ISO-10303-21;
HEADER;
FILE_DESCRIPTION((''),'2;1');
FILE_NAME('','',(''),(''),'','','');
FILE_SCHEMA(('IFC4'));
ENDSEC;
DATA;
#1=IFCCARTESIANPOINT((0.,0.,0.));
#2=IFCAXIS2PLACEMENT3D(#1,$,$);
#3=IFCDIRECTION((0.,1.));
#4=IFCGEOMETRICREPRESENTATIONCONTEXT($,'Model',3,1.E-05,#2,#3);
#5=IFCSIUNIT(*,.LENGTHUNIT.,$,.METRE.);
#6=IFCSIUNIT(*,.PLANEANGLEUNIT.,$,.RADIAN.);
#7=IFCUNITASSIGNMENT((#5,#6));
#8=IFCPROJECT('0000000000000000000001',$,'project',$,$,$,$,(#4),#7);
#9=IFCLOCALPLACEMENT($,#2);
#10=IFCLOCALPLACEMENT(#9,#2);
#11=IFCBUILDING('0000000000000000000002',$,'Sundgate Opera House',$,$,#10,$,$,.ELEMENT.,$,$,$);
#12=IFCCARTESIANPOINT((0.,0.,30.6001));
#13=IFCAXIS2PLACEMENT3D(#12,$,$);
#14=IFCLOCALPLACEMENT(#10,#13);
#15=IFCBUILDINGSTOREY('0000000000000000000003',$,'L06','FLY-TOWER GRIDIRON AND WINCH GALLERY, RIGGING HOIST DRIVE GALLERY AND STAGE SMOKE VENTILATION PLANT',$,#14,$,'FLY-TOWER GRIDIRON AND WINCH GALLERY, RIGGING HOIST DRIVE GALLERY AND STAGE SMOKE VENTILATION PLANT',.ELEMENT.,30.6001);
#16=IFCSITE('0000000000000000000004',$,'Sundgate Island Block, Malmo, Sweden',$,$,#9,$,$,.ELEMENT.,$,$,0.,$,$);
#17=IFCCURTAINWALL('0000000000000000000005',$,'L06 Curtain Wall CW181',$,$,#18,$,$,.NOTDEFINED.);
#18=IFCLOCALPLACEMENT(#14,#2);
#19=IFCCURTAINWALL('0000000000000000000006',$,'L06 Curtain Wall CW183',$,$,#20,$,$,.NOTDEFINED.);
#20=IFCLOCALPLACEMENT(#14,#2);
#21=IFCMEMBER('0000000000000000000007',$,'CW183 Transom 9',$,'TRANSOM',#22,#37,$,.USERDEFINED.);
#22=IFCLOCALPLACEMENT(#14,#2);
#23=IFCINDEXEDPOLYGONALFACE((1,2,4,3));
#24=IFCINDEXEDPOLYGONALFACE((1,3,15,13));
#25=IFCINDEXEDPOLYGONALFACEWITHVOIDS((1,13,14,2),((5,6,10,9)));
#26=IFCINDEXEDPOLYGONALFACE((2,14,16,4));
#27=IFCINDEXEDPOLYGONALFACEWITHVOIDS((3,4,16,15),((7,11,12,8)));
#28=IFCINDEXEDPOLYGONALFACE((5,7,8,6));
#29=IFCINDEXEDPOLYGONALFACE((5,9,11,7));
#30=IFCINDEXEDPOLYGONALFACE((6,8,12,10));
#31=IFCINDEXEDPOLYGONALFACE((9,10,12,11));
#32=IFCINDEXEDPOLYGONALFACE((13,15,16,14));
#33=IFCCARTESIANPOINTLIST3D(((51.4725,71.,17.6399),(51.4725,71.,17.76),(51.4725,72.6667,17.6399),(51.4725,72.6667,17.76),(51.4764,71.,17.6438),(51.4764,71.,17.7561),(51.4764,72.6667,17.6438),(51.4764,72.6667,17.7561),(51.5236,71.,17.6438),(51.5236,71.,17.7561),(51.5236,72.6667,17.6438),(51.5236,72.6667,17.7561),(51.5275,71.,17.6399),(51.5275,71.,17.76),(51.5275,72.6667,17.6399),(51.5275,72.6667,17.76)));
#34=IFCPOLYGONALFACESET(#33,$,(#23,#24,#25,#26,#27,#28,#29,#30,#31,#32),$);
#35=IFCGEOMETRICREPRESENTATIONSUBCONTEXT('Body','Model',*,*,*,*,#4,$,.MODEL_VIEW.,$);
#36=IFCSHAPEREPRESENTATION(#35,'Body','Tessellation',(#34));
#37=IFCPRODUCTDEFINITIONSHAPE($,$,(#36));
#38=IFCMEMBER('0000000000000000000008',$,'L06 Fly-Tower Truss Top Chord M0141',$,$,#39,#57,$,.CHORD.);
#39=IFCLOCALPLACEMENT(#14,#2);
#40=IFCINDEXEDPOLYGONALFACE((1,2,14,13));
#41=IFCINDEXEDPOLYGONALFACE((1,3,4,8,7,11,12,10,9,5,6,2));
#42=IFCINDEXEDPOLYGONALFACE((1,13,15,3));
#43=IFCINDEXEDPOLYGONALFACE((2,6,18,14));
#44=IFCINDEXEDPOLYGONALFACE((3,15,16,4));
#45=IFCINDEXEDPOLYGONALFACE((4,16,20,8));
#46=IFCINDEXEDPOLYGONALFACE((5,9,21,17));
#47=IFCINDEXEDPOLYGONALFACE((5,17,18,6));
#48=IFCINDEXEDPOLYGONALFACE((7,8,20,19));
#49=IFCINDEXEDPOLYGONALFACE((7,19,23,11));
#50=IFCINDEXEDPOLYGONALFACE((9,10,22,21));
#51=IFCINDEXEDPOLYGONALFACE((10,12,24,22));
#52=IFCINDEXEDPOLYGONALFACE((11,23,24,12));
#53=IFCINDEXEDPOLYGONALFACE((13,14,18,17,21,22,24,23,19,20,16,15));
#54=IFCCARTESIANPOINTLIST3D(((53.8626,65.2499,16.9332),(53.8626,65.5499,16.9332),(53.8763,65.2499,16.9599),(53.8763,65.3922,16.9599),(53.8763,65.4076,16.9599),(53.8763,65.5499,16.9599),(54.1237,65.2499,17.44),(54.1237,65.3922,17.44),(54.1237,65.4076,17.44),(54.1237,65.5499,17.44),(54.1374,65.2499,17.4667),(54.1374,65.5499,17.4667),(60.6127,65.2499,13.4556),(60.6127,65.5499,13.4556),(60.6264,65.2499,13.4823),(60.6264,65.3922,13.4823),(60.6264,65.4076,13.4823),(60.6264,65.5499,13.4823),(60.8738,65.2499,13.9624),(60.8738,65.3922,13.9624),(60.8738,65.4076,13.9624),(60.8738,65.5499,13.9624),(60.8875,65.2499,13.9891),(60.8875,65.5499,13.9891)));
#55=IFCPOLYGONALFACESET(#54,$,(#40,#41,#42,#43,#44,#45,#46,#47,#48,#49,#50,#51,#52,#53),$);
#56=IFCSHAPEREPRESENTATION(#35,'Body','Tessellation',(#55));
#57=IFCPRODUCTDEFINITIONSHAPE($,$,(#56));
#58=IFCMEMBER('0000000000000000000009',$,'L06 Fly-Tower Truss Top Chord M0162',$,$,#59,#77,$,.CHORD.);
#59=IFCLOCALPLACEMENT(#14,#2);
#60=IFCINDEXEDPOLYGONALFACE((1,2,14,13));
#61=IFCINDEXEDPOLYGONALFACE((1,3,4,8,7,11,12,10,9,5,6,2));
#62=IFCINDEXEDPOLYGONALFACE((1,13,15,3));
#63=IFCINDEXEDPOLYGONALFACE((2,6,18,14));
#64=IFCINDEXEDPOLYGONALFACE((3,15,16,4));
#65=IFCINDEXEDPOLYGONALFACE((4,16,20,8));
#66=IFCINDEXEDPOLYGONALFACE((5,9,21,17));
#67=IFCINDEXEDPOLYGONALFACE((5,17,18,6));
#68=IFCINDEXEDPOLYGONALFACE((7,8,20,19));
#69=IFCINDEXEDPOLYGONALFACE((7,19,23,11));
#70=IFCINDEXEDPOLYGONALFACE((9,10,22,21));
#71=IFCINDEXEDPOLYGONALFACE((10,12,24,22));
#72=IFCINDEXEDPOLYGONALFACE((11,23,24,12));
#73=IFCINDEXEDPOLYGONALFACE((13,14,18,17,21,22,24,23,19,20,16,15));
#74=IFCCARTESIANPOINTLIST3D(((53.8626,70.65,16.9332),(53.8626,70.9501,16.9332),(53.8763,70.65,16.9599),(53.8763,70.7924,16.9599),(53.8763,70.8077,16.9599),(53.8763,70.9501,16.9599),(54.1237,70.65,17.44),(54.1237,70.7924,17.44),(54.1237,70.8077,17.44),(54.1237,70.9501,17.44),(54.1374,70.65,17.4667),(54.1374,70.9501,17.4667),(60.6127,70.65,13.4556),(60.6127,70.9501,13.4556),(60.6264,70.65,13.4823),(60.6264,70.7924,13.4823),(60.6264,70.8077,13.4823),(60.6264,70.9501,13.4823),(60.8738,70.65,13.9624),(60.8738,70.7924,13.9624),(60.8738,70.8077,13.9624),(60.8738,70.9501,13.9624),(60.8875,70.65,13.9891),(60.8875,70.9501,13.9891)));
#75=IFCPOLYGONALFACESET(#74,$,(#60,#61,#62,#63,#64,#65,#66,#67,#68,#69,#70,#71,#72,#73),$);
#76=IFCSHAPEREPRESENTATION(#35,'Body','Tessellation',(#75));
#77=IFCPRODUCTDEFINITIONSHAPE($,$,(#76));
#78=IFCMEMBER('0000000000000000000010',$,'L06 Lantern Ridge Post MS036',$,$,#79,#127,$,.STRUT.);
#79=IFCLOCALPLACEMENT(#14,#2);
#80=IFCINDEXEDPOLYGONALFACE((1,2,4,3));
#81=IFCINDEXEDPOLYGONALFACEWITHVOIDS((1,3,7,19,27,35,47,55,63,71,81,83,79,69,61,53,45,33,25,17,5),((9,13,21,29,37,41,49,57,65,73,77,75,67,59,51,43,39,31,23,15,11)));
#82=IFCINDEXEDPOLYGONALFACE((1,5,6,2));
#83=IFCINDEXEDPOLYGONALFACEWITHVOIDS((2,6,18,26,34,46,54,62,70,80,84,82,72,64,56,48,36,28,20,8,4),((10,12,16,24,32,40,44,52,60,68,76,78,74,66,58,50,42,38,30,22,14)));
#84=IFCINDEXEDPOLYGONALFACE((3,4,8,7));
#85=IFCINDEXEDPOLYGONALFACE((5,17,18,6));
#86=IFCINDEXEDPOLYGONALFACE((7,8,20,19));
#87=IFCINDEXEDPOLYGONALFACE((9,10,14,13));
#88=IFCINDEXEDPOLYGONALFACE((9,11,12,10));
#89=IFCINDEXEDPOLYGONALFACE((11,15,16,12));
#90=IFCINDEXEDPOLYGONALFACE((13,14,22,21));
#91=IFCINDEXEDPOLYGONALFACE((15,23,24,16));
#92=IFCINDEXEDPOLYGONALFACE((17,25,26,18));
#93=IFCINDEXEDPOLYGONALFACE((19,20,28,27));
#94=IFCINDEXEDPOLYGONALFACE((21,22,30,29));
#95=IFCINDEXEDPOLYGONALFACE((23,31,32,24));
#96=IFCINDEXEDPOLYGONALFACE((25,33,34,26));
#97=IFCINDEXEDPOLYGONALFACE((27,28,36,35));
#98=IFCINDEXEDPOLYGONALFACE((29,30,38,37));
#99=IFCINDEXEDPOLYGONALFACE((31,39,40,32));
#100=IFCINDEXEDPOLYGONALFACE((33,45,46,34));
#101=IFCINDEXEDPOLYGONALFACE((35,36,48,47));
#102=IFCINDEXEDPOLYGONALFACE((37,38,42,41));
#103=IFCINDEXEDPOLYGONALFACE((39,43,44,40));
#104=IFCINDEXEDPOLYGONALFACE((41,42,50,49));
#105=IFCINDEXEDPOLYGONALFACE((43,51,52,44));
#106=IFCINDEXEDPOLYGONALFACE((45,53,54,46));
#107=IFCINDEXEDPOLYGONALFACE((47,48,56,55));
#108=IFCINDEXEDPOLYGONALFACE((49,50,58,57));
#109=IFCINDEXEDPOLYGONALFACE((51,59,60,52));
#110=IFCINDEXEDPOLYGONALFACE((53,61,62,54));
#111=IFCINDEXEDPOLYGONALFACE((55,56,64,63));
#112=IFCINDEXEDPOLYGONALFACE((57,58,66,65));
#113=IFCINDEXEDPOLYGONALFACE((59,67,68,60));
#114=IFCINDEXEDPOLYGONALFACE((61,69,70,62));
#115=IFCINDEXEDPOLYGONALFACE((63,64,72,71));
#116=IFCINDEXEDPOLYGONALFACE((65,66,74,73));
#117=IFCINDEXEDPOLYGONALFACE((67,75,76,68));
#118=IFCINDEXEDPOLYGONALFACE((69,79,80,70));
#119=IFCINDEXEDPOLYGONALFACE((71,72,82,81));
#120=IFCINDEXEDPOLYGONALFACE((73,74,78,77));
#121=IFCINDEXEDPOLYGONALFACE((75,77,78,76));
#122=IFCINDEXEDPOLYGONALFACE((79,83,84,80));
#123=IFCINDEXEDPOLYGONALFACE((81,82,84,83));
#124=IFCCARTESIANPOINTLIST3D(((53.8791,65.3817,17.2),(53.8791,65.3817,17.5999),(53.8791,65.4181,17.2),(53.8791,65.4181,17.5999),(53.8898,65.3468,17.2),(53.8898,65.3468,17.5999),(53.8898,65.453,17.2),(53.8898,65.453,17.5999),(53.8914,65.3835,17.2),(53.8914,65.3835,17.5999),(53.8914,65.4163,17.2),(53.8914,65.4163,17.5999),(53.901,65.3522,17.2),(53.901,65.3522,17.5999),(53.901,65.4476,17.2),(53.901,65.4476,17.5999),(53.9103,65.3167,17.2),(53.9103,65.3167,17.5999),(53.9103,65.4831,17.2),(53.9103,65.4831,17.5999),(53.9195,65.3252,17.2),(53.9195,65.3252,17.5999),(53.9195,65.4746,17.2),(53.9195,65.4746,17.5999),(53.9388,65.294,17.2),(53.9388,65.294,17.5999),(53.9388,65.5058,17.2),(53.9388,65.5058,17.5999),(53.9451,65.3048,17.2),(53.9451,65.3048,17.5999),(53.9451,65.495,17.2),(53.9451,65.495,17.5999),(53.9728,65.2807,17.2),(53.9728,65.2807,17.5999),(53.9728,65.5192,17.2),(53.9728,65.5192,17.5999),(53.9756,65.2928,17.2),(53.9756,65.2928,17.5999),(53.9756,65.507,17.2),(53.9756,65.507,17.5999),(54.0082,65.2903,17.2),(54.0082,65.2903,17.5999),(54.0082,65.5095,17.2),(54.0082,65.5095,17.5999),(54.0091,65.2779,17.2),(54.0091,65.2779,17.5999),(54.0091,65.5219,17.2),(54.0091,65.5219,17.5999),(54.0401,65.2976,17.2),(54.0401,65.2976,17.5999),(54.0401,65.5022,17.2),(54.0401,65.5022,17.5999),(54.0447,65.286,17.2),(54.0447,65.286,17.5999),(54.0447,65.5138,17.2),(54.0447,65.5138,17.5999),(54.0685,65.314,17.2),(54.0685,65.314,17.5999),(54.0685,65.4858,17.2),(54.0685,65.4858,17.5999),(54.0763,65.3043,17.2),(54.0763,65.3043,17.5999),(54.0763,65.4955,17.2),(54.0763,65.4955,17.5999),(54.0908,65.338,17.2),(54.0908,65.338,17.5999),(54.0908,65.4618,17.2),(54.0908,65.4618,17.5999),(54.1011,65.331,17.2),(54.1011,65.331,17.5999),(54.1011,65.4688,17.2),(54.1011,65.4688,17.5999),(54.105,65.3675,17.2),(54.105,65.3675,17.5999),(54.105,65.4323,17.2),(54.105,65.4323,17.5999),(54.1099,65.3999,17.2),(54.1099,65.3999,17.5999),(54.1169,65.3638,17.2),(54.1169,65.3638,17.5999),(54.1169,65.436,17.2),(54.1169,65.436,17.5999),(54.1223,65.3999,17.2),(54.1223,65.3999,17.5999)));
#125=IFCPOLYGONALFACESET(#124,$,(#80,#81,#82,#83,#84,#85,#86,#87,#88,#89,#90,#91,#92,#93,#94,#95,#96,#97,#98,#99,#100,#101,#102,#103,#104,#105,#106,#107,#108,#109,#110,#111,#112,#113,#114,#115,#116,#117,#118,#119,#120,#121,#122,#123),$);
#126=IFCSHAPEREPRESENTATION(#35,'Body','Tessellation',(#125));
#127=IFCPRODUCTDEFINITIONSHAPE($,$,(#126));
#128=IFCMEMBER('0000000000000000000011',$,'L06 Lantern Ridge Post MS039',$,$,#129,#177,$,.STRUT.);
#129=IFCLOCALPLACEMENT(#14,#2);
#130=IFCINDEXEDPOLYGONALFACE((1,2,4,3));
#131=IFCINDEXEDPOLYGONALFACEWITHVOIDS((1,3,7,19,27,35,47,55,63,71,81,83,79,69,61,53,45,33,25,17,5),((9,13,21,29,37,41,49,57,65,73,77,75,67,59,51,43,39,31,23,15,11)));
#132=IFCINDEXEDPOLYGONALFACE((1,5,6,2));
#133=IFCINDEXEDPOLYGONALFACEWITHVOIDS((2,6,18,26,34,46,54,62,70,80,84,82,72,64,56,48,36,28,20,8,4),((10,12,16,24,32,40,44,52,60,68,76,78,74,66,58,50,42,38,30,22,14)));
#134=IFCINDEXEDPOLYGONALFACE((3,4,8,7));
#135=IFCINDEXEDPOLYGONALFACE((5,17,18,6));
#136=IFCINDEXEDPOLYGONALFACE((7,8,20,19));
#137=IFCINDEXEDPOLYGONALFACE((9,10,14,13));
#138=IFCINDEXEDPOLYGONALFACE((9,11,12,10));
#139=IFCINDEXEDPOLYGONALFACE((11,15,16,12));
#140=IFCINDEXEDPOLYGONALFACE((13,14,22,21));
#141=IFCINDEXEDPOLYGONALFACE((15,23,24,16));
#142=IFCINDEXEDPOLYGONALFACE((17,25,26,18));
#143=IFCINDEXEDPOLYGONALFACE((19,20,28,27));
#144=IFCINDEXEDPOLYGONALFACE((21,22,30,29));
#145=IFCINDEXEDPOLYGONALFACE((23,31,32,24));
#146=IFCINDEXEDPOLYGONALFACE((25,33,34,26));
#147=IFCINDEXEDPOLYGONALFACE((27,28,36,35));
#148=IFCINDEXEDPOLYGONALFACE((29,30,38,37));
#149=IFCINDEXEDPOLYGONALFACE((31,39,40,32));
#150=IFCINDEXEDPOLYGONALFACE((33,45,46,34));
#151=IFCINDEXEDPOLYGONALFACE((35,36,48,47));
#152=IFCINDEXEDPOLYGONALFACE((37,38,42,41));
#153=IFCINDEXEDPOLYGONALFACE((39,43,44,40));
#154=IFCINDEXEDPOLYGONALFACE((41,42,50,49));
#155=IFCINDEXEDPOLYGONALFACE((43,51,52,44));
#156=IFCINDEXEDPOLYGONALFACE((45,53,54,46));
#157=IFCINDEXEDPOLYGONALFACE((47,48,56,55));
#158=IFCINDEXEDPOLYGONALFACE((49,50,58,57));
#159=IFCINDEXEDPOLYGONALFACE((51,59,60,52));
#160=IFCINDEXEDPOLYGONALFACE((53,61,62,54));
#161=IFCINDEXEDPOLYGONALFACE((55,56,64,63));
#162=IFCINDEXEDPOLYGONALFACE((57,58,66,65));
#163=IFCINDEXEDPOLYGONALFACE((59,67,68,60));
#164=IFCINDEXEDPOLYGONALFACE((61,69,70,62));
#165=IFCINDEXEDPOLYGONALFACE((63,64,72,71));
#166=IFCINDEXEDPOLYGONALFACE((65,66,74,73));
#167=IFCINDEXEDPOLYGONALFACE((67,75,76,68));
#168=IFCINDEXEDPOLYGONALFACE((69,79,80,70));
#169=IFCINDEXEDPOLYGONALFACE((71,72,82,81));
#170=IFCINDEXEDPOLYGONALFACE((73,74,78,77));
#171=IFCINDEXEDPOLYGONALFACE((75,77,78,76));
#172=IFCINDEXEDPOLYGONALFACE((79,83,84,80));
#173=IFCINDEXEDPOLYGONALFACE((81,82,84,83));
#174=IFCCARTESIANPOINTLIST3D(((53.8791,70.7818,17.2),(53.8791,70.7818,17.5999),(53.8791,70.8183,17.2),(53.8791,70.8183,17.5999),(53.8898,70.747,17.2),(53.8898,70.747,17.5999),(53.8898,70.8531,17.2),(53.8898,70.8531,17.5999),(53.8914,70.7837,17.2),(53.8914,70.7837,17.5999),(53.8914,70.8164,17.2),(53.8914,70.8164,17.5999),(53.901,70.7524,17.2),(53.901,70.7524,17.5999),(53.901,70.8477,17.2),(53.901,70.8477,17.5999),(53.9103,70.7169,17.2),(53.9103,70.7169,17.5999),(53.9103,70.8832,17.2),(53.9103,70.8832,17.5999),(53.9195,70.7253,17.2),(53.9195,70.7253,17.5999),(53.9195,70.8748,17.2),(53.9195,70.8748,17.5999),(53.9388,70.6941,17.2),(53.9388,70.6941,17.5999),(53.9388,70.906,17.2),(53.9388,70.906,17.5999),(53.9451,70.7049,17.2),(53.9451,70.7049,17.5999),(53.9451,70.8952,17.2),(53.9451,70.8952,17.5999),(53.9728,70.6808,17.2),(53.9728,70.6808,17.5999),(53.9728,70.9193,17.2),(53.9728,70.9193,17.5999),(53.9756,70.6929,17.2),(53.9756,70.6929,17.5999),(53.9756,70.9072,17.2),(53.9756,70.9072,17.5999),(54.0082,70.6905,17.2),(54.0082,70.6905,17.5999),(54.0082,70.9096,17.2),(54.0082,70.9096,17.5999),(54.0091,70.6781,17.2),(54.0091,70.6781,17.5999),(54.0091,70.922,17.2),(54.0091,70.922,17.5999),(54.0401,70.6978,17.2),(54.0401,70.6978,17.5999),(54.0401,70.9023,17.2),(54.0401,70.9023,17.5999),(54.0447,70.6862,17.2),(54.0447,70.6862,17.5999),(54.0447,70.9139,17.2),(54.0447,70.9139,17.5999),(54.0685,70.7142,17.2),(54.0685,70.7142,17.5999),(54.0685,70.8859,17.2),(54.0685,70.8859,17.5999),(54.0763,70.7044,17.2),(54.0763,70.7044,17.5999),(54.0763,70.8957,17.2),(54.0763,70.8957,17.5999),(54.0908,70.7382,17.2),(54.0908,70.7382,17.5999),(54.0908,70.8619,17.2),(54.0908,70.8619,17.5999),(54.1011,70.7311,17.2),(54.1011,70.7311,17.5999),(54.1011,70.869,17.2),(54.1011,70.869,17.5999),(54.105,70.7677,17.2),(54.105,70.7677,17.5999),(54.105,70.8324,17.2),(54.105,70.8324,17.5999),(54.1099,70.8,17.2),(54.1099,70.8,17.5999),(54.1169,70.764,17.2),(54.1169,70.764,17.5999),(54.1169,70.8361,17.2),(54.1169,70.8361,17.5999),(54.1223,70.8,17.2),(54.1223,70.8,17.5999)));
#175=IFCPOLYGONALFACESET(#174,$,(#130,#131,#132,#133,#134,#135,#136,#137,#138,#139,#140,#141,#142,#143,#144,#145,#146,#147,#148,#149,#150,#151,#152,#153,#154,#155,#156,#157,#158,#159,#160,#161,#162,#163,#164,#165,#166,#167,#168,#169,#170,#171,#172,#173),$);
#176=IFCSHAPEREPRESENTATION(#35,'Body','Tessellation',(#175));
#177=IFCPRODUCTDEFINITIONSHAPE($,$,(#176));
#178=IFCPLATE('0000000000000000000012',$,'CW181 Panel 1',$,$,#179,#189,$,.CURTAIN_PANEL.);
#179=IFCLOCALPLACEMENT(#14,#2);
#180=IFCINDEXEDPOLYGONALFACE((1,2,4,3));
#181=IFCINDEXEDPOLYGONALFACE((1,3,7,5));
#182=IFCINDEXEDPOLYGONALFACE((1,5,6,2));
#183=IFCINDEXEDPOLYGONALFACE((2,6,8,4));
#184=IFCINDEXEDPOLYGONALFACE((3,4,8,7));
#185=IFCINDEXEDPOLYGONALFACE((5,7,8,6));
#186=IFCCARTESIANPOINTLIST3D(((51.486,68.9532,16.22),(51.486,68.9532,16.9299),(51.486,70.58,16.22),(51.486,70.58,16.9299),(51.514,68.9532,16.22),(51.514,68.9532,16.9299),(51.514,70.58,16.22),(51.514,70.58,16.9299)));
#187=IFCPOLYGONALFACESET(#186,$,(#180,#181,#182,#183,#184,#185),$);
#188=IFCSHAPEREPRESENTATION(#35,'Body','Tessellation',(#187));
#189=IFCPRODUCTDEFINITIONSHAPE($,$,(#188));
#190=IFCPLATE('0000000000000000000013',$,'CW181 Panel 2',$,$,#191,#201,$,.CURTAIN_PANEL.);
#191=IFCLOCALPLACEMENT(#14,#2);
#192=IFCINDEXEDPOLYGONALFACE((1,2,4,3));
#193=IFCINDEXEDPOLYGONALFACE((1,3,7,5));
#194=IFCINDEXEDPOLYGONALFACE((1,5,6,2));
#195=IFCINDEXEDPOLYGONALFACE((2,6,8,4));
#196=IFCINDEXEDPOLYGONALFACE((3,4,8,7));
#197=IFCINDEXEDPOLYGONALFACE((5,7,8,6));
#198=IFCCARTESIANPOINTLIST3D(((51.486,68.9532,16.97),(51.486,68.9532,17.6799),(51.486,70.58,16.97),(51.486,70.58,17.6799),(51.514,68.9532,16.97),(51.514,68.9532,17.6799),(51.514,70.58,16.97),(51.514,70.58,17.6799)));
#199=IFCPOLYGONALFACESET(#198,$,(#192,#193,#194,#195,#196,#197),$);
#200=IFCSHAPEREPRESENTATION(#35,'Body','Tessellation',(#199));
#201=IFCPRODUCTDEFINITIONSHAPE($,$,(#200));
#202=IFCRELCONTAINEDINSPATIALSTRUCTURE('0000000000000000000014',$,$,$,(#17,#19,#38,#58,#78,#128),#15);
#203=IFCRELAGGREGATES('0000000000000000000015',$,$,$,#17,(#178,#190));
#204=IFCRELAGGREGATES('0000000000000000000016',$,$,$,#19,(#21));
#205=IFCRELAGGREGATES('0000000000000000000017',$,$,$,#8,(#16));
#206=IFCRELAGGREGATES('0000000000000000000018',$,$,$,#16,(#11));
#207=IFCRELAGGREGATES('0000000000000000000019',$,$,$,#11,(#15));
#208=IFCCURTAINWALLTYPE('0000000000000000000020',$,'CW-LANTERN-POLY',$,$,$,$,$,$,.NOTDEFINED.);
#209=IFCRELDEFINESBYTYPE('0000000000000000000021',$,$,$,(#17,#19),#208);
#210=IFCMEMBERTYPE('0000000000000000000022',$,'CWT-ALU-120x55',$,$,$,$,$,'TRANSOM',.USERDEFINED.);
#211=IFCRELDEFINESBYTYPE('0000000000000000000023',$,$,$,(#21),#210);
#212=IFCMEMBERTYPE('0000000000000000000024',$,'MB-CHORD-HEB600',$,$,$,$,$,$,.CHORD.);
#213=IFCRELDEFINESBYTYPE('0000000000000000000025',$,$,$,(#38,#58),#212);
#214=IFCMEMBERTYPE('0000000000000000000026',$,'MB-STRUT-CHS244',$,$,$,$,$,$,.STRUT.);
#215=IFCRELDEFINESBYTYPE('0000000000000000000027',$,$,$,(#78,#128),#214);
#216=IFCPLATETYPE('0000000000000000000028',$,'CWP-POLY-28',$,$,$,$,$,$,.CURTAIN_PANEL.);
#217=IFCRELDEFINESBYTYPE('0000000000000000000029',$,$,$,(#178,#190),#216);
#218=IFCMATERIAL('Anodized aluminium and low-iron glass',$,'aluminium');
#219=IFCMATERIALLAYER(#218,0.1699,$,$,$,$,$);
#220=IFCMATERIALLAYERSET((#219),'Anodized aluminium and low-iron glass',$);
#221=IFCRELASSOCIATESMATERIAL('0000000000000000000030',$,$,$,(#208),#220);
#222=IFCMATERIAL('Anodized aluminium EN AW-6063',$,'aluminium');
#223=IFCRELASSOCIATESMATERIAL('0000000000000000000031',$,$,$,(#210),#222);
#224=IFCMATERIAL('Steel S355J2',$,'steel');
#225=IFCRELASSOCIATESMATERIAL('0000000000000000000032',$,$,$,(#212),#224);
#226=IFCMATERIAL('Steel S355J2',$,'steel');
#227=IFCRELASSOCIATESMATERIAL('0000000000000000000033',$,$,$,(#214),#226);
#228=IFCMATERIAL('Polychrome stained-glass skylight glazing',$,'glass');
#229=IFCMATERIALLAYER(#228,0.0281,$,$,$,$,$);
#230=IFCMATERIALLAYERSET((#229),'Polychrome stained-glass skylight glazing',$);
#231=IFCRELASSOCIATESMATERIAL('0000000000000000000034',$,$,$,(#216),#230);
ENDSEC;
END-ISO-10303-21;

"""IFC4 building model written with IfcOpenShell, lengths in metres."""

from ifc_helpers import new_model, si_unit, direction, frame, origin, origin_2d, place, context, subcontext, project, spatial, rectangle, hollow_rectangle, hollow_circle, i_section, extrude, material, layer, layer_set, material_profile, profile_set, type_object, element, aggregate, save


model = new_model("IFC4")

# Units and contexts
model_context = context("Model", 3, precision=1e-05, world=origin(), true_north=direction((0.0, 1.0)))
body_context = subcontext(model_context, "Body", "Model", "MODEL_VIEW")
ifc_project = project(units=[si_unit("LENGTHUNIT", "METRE"), si_unit("PLANEANGLEUNIT", "RADIAN")], contexts=[model_context])

# Site, building, storey
site_placement = place(None, origin())
site = spatial("IfcSite", under=ifc_project, at=site_placement, Name="Sundgate Island Block, Malmo, Sweden", CompositionType="ELEMENT", RefElevation=0.0)
building_placement = place(site_placement, origin())
building = spatial("IfcBuilding", under=site, at=building_placement, Name="Sundgate Opera House", CompositionType="ELEMENT")
storey_placement = place(building_placement, frame((0.0, 0.0, 30.6001)))
storey = spatial("IfcBuildingStorey", under=building, at=storey_placement, Name="L06", Description="FLY-TOWER GRIDIRON AND WINCH GALLERY, RIGGING HOIST DRIVE GALLERY AND STAGE SMOKE VENTILATION PLANT", LongName="FLY-TOWER GRIDIRON AND WINCH GALLERY, RIGGING HOIST DRIVE GALLERY AND STAGE SMOKE VENTILATION PLANT", CompositionType="ELEMENT", Elevation=30.6001)

# Curtain walls, member
ifc_material_1 = material(Name="Anodized aluminium and low-iron glass", Category="aluminium")
ifc_layer_1 = layer(ifc_material_1, 0.1699)
ifc_layer_set_1 = layer_set([ifc_layer_1], Name="Anodized aluminium and low-iron glass")
curtain_wall_type = type_object("IfcCurtainWallType", Name="CW-LANTERN-POLY", PredefinedType="NOTDEFINED", material=ifc_layer_set_1)
ifc_material_2 = material(Name="Anodized aluminium EN AW-6063", Category="aluminium")
ifc_material_profile_1 = material_profile(ifc_material_2, hollow_rectangle(XDim=0.0549, YDim=0.1201, WallThickness=0.0039, at=origin_2d()), Name="CWT 120x55x4")
ifc_profile_set_1 = profile_set([ifc_material_profile_1], Name="Anodized aluminium EN AW-6063")
member_type_1 = type_object("IfcMemberType", Name="CWT-ALU-120x55", ElementType="TRANSOM", PredefinedType="USERDEFINED", material=ifc_profile_set_1)
curtain_wall_1_placement = place(storey_placement, origin())
curtain_wall_1 = element("IfcCurtainWall", 1, at=curtain_wall_1_placement, inside=storey, type_object=curtain_wall_type, Name="L06 Curtain Wall CW181", PredefinedType="NOTDEFINED")
curtain_wall_2_placement = place(storey_placement, origin())
curtain_wall_2 = element("IfcCurtainWall", 2, at=curtain_wall_2_placement, inside=storey, type_object=curtain_wall_type, Name="L06 Curtain Wall CW183", PredefinedType="NOTDEFINED")
member_1_placement = place(storey_placement, frame((51.5, 72.6667, 17.7), z_axis=(0.0, -1.0, 0.0), x_axis=(1.0, 0.0, 0.0)))
member_1 = element("IfcMember", 3, at=member_1_placement, type_object=member_type_1, Name="CW183 Transom 9", ObjectType="TRANSOM", PredefinedType="USERDEFINED", context=body_context, shape_type="SweptSolid", body=[
    extrude(hollow_rectangle(XDim=0.0549, YDim=0.1201, WallThickness=0.0039, at=origin_2d()), origin(), (0.0, 0.0, 1.0), 1.6667),
])

# Members
ifc_material_3 = material(Name="Steel S355J2", Category="steel")
ifc_material_profile_2 = material_profile(ifc_material_3, i_section(OverallWidth=0.3, OverallDepth=0.6001, WebThickness=0.0154, FlangeThickness=0.03, at=origin_2d()), Name="HEB 600")
ifc_profile_set_2 = profile_set([ifc_material_profile_2], Name="Steel S355J2")
member_type_2 = type_object("IfcMemberType", Name="MB-CHORD-HEB600", PredefinedType="CHORD", material=ifc_profile_set_2)
for number, where, z_axis, x_axis, name in (
    (4, (54.0, 65.3999, 17.2), (0.88896, 0.0, -0.457984), (0.0, 1.0, 0.0), "L06 Fly-Tower Truss Top Chord M0141"),
    (5, (54.0, 70.8, 17.2), (0.88896, 0.0, -0.457984), (0.0, 1.0, 0.0), "L06 Fly-Tower Truss Top Chord M0162"),
):
    element("IfcMember", number, at=place(storey_placement, frame(where, z_axis=z_axis, x_axis=x_axis)), inside=storey, type_object=member_type_2, Name=name, PredefinedType="CHORD", context=body_context, shape_type="SweptSolid", body=[
        extrude(i_section(OverallWidth=0.3, OverallDepth=0.6001, WebThickness=0.0154, FlangeThickness=0.03, at=origin_2d()), origin(), (0.0, 0.0, 1.0), 7.5933),
    ])
ifc_material_4 = material(Name="Steel S355J2", Category="steel")
ifc_material_profile_3 = material_profile(ifc_material_4, hollow_circle(Radius=0.1223, WallThickness=0.0125, at=origin_2d()), Name="CHS 244.5x12.5")
ifc_profile_set_3 = profile_set([ifc_material_profile_3], Name="Steel S355J2")
member_type_3 = type_object("IfcMemberType", Name="MB-STRUT-CHS244", PredefinedType="STRUT", material=ifc_profile_set_3)
for number, where, z_axis, x_axis, name in (
    (6, (54.0, 65.3999, 17.2), (0.0, 0.0, 1.0), (1.0, 0.0, 0.0), "L06 Lantern Ridge Post MS036"),
    (7, (54.0, 70.8, 17.2), (0.0, 0.0, 1.0), (1.0, 0.0, 0.0), "L06 Lantern Ridge Post MS039"),
):
    element("IfcMember", number, at=place(storey_placement, frame(where, z_axis=z_axis, x_axis=x_axis)), inside=storey, type_object=member_type_3, Name=name, PredefinedType="STRUT", context=body_context, shape_type="SweptSolid", body=[
        extrude(hollow_circle(Radius=0.1223, WallThickness=0.0125, at=origin_2d()), origin(), (0.0, 0.0, 1.0), 0.3999),
    ])

# Plates
ifc_material_5 = material(Name="Polychrome stained-glass skylight glazing", Category="glass")
ifc_layer_2 = layer(ifc_material_5, 0.0281)
ifc_layer_set_2 = layer_set([ifc_layer_2], Name="Polychrome stained-glass skylight glazing")
plate_type_1 = type_object("IfcPlateType", Name="CWP-POLY-28", PredefinedType="CURTAIN_PANEL", material=ifc_layer_set_2)
plate_1_placement = place(storey_placement, frame((51.5, 69.7666, 16.22), z_axis=(0.0, 0.0, 1.0), x_axis=(0.0, -1.0, 0.0)))
plate_1 = element("IfcPlate", 8, at=plate_1_placement, type_object=plate_type_1, Name="CW181 Panel 1", PredefinedType="CURTAIN_PANEL", context=body_context, shape_type="SweptSolid", body=[
    extrude(rectangle(XDim=1.6267, YDim=0.0281, at=origin_2d()), origin(), (0.0, 0.0, 1.0), 0.71),
])
plate_2_placement = place(storey_placement, frame((51.5, 69.7666, 16.97), z_axis=(0.0, 0.0, 1.0), x_axis=(0.0, -1.0, 0.0)))
plate_2 = element("IfcPlate", 9, at=plate_2_placement, type_object=plate_type_1, Name="CW181 Panel 2", PredefinedType="CURTAIN_PANEL", context=body_context, shape_type="SweptSolid", body=[
    extrude(rectangle(XDim=1.6267, YDim=0.0281, at=origin_2d()), origin(), (0.0, 0.0, 1.0), 0.71),
])
aggregate(curtain_wall_1, [plate_1, plate_2])
aggregate(curtain_wall_2, [member_1])

save(model, "model.ifc")
